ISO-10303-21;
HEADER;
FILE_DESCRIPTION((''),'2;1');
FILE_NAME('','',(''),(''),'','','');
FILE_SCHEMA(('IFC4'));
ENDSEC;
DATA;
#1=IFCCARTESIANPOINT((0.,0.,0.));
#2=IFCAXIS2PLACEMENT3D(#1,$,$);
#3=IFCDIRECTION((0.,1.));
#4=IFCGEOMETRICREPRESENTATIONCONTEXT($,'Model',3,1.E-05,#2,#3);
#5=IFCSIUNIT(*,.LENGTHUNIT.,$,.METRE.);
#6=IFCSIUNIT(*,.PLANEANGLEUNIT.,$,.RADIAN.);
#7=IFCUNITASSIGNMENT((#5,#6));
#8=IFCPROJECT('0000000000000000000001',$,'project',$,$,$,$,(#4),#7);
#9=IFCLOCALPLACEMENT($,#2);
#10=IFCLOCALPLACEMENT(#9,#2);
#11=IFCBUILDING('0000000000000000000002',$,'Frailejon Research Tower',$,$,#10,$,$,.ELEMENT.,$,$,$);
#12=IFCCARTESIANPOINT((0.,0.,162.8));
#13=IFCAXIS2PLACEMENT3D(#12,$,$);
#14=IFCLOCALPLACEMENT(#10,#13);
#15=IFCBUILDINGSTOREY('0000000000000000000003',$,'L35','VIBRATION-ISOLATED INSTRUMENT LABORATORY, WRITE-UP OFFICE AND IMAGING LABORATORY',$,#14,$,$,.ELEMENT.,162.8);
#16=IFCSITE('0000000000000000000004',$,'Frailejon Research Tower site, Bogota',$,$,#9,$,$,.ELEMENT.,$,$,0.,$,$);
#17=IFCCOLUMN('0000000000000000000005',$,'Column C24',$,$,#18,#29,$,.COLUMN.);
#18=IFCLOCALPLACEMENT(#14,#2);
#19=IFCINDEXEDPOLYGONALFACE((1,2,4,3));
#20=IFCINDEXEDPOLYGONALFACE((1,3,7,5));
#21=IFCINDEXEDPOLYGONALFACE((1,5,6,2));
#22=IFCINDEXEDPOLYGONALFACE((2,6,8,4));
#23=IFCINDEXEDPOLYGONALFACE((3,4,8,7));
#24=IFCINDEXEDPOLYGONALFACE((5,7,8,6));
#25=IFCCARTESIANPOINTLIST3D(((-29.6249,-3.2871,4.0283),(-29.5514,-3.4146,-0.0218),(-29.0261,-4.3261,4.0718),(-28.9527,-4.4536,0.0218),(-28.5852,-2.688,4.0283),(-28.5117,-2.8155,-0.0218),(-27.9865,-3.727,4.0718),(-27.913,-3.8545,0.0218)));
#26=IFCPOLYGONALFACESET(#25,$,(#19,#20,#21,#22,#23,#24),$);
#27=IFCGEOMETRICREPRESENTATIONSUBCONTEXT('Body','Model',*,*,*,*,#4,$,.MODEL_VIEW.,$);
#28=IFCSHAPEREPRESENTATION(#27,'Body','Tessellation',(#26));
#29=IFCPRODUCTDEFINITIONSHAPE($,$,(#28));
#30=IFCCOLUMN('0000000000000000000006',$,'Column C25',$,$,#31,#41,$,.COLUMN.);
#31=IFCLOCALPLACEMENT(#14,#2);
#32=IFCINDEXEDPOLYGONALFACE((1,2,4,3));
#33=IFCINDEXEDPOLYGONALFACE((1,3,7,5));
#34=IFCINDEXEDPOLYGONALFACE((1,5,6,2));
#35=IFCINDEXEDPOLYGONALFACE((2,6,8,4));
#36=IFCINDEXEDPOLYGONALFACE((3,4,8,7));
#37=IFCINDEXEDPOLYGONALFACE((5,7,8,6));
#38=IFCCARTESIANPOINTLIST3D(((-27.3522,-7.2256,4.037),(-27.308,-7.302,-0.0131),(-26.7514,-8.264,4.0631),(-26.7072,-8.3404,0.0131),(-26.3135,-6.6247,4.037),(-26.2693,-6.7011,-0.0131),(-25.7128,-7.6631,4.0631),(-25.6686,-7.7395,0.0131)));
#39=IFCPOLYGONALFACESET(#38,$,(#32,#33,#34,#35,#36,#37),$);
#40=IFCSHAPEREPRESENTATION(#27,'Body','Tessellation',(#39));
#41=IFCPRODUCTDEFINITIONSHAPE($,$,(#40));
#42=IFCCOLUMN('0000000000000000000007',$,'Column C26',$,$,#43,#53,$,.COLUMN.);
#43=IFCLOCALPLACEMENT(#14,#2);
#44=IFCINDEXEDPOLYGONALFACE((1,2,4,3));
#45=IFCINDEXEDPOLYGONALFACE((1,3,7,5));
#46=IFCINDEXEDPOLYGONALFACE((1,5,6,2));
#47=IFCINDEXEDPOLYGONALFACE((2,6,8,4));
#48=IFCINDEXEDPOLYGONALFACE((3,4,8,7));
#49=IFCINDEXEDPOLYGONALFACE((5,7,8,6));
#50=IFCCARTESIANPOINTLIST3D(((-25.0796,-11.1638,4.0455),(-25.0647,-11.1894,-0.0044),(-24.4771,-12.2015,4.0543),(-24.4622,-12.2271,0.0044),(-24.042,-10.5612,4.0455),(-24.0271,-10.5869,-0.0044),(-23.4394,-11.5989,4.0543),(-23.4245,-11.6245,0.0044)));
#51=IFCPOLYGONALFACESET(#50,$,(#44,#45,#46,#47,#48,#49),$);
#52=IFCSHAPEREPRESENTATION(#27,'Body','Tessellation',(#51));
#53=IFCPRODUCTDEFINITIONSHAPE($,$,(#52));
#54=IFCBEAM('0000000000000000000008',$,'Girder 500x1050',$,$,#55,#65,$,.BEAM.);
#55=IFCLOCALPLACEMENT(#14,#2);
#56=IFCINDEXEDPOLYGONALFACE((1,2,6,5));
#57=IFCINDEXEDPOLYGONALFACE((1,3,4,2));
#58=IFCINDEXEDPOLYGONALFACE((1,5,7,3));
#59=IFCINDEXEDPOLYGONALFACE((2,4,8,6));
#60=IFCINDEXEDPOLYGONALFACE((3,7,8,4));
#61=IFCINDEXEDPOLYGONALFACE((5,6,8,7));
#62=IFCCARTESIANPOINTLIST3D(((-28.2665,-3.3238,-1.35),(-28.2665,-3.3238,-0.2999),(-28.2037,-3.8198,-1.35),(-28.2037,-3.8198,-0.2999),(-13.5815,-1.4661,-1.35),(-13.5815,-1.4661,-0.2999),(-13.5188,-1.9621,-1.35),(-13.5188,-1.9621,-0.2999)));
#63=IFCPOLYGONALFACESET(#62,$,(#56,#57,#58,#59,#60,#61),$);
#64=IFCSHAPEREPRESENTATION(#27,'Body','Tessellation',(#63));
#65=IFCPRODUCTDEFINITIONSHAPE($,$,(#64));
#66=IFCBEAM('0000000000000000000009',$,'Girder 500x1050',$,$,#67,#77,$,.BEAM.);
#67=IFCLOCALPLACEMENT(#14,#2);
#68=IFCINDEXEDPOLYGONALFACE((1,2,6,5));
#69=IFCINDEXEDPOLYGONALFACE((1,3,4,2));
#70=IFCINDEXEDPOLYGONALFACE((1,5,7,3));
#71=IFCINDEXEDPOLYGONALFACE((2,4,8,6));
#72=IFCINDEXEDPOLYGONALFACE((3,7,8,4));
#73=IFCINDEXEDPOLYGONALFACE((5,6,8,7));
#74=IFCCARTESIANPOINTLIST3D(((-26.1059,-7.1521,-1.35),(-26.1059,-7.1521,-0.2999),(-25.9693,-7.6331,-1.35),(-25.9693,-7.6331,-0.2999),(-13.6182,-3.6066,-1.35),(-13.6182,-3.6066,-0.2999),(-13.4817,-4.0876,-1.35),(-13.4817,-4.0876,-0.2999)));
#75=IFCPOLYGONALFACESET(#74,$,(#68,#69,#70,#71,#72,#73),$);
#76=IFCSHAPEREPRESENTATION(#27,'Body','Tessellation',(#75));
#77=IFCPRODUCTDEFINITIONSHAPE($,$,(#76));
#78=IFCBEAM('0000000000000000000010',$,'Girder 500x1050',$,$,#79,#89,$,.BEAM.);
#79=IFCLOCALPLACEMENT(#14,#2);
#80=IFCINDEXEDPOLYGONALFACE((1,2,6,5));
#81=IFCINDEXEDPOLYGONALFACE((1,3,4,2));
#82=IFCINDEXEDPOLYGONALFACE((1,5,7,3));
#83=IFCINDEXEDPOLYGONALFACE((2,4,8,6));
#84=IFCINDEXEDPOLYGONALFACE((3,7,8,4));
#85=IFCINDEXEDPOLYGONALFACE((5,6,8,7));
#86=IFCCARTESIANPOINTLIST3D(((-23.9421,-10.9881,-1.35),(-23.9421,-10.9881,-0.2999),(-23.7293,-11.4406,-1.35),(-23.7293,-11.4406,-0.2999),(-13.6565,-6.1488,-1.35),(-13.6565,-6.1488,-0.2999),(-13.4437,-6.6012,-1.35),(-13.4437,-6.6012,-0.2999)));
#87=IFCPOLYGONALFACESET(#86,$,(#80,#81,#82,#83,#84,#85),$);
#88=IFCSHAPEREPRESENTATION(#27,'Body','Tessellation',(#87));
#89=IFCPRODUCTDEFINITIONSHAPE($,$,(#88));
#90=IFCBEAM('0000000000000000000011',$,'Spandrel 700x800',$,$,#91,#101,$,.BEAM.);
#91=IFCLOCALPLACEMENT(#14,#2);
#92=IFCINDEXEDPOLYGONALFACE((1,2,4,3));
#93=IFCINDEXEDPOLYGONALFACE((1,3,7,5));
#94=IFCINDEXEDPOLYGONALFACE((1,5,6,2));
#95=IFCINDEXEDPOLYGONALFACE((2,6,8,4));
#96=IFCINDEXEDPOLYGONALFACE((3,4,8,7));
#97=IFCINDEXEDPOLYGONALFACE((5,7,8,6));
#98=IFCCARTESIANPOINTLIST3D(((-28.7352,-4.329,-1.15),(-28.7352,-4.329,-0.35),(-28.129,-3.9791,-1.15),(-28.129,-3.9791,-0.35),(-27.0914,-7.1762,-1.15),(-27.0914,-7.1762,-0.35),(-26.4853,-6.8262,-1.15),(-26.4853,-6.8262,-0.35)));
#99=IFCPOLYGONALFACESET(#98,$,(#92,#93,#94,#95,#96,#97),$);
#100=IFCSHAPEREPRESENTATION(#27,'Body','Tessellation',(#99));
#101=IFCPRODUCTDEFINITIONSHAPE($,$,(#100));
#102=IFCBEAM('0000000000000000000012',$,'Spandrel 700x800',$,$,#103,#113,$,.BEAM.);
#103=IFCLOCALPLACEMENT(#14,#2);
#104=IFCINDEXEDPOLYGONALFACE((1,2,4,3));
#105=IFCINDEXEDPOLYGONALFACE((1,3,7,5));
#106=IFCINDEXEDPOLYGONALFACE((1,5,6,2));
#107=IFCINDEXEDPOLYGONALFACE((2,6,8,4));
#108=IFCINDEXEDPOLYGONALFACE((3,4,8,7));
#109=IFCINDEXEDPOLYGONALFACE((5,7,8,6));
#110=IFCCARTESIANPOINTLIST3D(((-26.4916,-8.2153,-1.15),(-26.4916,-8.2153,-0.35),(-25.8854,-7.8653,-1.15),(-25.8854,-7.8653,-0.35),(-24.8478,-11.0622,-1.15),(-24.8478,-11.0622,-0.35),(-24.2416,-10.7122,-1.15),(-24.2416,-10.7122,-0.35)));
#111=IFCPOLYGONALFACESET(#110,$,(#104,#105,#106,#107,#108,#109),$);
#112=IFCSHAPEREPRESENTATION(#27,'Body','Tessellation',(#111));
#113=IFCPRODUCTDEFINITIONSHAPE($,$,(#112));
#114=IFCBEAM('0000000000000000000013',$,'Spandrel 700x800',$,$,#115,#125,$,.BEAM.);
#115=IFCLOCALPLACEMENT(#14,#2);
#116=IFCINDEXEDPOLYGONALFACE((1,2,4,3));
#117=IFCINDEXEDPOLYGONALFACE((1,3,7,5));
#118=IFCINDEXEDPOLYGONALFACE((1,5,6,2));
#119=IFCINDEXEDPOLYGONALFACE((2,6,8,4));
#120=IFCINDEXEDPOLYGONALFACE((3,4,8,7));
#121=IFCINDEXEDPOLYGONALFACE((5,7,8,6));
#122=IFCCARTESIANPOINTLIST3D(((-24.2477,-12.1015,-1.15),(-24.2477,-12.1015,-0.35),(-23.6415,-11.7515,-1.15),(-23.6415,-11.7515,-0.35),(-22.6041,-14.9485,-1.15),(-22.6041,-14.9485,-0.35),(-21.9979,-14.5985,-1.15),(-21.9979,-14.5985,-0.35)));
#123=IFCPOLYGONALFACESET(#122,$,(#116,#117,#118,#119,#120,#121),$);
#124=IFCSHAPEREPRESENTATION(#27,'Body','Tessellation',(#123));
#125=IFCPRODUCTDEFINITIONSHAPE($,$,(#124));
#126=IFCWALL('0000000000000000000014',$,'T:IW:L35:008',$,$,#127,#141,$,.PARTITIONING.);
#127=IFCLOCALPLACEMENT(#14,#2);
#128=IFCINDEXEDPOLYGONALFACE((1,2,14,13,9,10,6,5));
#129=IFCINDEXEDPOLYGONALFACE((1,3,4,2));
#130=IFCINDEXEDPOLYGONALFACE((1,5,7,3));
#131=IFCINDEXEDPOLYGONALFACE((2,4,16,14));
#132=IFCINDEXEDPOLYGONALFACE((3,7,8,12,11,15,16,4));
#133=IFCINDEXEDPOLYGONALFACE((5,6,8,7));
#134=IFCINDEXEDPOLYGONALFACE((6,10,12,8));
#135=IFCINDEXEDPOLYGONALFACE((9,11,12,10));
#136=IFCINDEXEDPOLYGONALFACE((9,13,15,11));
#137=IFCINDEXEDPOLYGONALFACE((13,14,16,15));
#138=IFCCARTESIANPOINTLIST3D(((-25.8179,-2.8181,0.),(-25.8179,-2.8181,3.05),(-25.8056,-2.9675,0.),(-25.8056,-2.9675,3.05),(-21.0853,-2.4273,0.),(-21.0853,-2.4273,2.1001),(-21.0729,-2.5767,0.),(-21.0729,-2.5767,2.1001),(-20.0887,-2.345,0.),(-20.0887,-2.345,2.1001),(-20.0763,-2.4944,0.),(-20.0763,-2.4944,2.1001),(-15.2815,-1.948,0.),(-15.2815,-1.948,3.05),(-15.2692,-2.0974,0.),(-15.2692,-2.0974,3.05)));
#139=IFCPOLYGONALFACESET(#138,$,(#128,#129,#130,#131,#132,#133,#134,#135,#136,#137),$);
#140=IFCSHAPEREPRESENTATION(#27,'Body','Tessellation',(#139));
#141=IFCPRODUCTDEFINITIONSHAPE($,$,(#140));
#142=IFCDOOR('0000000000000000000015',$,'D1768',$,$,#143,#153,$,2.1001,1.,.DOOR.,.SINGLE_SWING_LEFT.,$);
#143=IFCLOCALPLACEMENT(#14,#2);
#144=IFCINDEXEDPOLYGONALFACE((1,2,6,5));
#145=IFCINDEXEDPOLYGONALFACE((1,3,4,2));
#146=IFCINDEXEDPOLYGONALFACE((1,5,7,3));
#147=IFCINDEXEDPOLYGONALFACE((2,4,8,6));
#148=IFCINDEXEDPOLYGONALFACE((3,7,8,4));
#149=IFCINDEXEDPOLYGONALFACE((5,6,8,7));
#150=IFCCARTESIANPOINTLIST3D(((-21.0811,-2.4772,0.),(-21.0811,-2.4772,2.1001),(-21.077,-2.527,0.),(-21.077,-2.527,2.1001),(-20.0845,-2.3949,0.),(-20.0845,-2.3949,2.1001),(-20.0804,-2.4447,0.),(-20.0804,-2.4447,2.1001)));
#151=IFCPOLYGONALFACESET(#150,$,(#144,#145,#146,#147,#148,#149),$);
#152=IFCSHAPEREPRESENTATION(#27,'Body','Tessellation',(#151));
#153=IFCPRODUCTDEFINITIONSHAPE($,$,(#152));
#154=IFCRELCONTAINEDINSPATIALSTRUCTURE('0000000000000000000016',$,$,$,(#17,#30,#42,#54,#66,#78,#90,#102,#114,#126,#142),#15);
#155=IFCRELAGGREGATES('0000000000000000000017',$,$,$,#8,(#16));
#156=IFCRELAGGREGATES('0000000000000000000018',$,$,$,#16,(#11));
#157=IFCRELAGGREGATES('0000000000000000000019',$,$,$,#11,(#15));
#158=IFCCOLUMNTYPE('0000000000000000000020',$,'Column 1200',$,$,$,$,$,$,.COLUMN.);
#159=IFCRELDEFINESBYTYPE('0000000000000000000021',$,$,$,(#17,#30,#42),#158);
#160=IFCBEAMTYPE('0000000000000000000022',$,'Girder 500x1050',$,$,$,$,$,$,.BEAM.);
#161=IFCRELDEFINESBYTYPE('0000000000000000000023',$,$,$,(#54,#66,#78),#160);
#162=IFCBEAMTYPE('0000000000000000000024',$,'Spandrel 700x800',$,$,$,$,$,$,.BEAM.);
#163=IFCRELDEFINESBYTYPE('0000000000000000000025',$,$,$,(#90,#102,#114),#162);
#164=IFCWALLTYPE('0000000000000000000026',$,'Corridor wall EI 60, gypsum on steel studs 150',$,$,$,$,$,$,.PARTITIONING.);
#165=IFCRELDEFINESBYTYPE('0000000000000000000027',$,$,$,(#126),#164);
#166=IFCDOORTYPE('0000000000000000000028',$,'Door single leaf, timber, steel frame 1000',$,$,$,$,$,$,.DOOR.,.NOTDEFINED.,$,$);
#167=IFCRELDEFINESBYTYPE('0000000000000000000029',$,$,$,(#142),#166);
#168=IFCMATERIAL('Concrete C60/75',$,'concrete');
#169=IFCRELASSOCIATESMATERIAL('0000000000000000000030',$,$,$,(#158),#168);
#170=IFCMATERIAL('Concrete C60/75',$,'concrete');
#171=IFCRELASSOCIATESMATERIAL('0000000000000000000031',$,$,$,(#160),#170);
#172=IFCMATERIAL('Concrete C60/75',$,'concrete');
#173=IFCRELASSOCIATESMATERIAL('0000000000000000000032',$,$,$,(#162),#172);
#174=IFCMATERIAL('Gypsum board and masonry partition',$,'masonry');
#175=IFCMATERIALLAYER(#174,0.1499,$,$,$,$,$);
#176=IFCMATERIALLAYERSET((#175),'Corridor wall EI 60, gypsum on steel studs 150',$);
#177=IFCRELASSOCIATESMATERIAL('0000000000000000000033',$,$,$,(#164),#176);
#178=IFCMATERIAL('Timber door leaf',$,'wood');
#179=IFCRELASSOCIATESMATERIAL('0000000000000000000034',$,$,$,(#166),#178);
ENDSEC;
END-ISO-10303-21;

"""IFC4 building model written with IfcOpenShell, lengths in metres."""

from ifc_helpers import new_model, si_unit, direction, frame, frame_2d, origin, origin_2d, place, context, subcontext, project, spatial, rectangle, extrude, material, layer, layer_set, material_profile, profile_set, type_object, element, fill, save


model = new_model("IFC4")

# Units and contexts
model_context = context("Model", 3, precision=1e-05, world=origin(), true_north=direction((0.0, 1.0)))
body_context = subcontext(model_context, "Body", "Model", "MODEL_VIEW")
ifc_project = project(units=[si_unit("LENGTHUNIT", "METRE"), si_unit("PLANEANGLEUNIT", "RADIAN")], contexts=[model_context])

# Site, building, storey
site_placement = place(None, origin())
site = spatial("IfcSite", under=ifc_project, at=site_placement, Name="Frailejon Research Tower site, Bogota", CompositionType="ELEMENT", RefElevation=0.0)
building_placement = place(site_placement, origin())
building = spatial("IfcBuilding", under=site, at=building_placement, Name="Frailejon Research Tower", CompositionType="ELEMENT")
storey_placement = place(building_placement, frame((0.0, 0.0, 162.8)))
storey = spatial("IfcBuildingStorey", under=building, at=storey_placement, Name="L35", Description="VIBRATION-ISOLATED INSTRUMENT LABORATORY, WRITE-UP OFFICE AND IMAGING LABORATORY", CompositionType="ELEMENT", Elevation=162.8)

# Columns
ifc_material_1 = material(Name="Concrete C60/75", Category="concrete")
ifc_material_profile_1 = material_profile(ifc_material_1, rectangle(XDim=1.2, YDim=1.2, at=origin_2d()), Name="Column 1200")
ifc_profile_set_1 = profile_set([ifc_material_profile_1], Name="Concrete C60/75")
column_type = type_object("IfcColumnType", Name="Column 1200", PredefinedType="COLUMN", material=ifc_profile_set_1)
column_1_placement = place(storey_placement, frame((-28.7322, -3.6345, 0.0), z_axis=(-0.018133, 0.031446, 0.999341), x_axis=(0.498955, -0.865867, 0.036299)))
element("IfcColumn", 1, at=column_1_placement, inside=storey, type_object=column_type, Name="Column C24", PredefinedType="COLUMN", context=body_context, shape_type="SweptSolid", body=[
    extrude(rectangle(XDim=1.2, YDim=1.2, at=origin_2d()), origin(), (0.0, 0.0, 1.0), 4.0527),
])
column_2_placement = place(storey_placement, frame((-26.4883, -7.5208, 0.0), z_axis=(-0.010908, 0.018863, 0.999763), x_axis=(0.500638, -0.865382, 0.02179)))
element("IfcColumn", 2, at=column_2_placement, inside=storey, type_object=column_type, Name="Column C25", PredefinedType="COLUMN", context=body_context, shape_type="SweptSolid", body=[
    extrude(rectangle(XDim=1.2, YDim=1.2, at=origin_2d()), origin(), (0.0, 0.0, 1.0), 4.051),
])
column_3_placement = place(storey_placement, frame((-24.2446, -11.407, 0.0), z_axis=(-0.003677, 0.006329, 0.999973), x_axis=(0.502147, -0.864751, 0.00732)))
element("IfcColumn", 3, at=column_3_placement, inside=storey, type_object=column_type, Name="Column C26", PredefinedType="COLUMN", context=body_context, shape_type="SweptSolid", body=[
    extrude(rectangle(XDim=1.2, YDim=1.2, at=origin_2d()), origin(), (0.0, 0.0, 1.0), 4.05),
])

# Beams
ifc_material_2 = material(Name="Concrete C60/75", Category="concrete")
ifc_material_profile_2 = material_profile(ifc_material_2, rectangle(XDim=0.5, YDim=1.05, at=origin_2d()), Name="Girder 500x1050")
ifc_profile_set_2 = profile_set([ifc_material_profile_2], Name="Concrete C60/75")
beam_type_1 = type_object("IfcBeamType", Name="Girder 500x1050", PredefinedType="BEAM", material=ifc_profile_set_2)
beam_1_placement = place(storey_placement, frame((-28.2351, -3.5718, -0.825), z_axis=(0.992094, 0.1255, 0.0), x_axis=(-0.1255, 0.992094, 0.0)))
element("IfcBeam", 4, at=beam_1_placement, inside=storey, type_object=beam_type_1, Name="Girder 500x1050", PredefinedType="BEAM", context=body_context, shape_type="SweptSolid", body=[
    extrude(rectangle(XDim=0.5, YDim=1.05, at=origin_2d()), origin(), (0.0, 0.0, 1.0), 14.802),
])
beam_2_placement = place(storey_placement, frame((-26.0376, -7.3926, -0.825), z_axis=(0.96198, 0.273121, 0.0), x_axis=(-0.273121, 0.96198, 0.0)))
element("IfcBeam", 5, at=beam_2_placement, inside=storey, type_object=beam_type_1, Name="Girder 500x1050", PredefinedType="BEAM", context=body_context, shape_type="SweptSolid", body=[
    extrude(rectangle(XDim=0.5, YDim=1.05, at=origin_2d()), origin(), (0.0, 0.0, 1.0), 12.9812),
])
beam_3_placement = place(storey_placement, frame((-23.8357, -11.2144, -0.825), z_axis=(0.904851, 0.425729, 0.0), x_axis=(-0.425729, 0.904851, 0.0)))
element("IfcBeam", 6, at=beam_3_placement, inside=storey, type_object=beam_type_1, Name="Girder 500x1050", PredefinedType="BEAM", context=body_context, shape_type="SweptSolid", body=[
    extrude(rectangle(XDim=0.5, YDim=1.05, at=origin_2d()), origin(), (0.0, 0.0, 1.0), 11.3672),
])
ifc_material_3 = material(Name="Concrete C60/75", Category="concrete")
ifc_material_profile_3 = material_profile(ifc_material_3, rectangle(XDim=0.7, YDim=0.8, at=origin_2d()), Name="Spandrel 700x800")
ifc_profile_set_3 = profile_set([ifc_material_profile_3], Name="Concrete C60/75")
beam_type_2 = type_object("IfcBeamType", Name="Spandrel 700x800", PredefinedType="BEAM", material=ifc_profile_set_3)
beam_4_placement = place(storey_placement, frame((-28.4321, -4.1541, -0.75), z_axis=(0.499997, -0.866027, 0.0), x_axis=(0.866027, 0.499997, 0.0)))
element("IfcBeam", 7, at=beam_4_placement, inside=storey, type_object=beam_type_2, Name="Spandrel 700x800", PredefinedType="BEAM", context=body_context, shape_type="SweptSolid", body=[
    extrude(rectangle(XDim=0.7, YDim=0.8, at=origin_2d()), origin(), (0.0, 0.0, 1.0), 3.2876),
])
for number, where, z_axis, x_axis, name in (
    (8, (-26.1885, -8.0403, -0.75), (0.500029, -0.866009, 0.0), (0.866009, 0.500029, 0.0), "Spandrel 700x800"),
    (9, (-23.9446, -11.9265, -0.75), (0.499973, -0.866041, 0.0), (0.866041, 0.499973, 0.0), "Spandrel 700x800"),
):
    element("IfcBeam", number, at=place(storey_placement, frame(where, z_axis=z_axis, x_axis=x_axis)), inside=storey, type_object=beam_type_2, Name=name, PredefinedType="BEAM", context=body_context, shape_type="SweptSolid", body=[
        extrude(rectangle(XDim=0.7, YDim=0.8, at=origin_2d()), origin(), (0.0, 0.0, 1.0), 3.2874),
    ])

# Wall, opening, door
ifc_material_4 = material(Name="Gypsum board and masonry partition", Category="masonry")
ifc_layer_1 = layer(ifc_material_4, 0.1499)
ifc_layer_set_1 = layer_set([ifc_layer_1], Name="Corridor wall EI 60, gypsum on steel studs 150")
wall_type_1 = type_object("IfcWallType", Name="Corridor wall EI 60, gypsum on steel studs 150", PredefinedType="PARTITIONING", material=ifc_layer_set_1)
wall_1_placement = place(storey_placement, frame((-25.8118, -2.8928, 0.0), z_axis=(0.0, 0.0, 1.0), x_axis=(0.996607, 0.082302, 0.0)))
wall_1 = element("IfcWall", 10, at=wall_1_placement, inside=storey, type_object=wall_type_1, Name="T:IW:L35:008", PredefinedType="PARTITIONING", context=body_context, shape_type="SweptSolid", body=[
    extrude(rectangle(XDim=10.5723, YDim=0.1499, at=frame_2d((5.2861, 0.0))), origin(), (0.0, 0.0, 1.0), 3.05),
])
opening_1_placement = place(wall_1_placement, frame((4.7488, 0.0, 0.0)))
opening_1 = element("IfcOpeningElement", 11, at=opening_1_placement, cuts=wall_1, PredefinedType="OPENING", context=body_context, shape_type="SweptSolid", body=[
    extrude(rectangle(XDim=1.0, YDim=2.1001, at=frame_2d((0.5, 1.05))), frame((0.0, 0.085, 0.0), z_axis=(0.0, -1.0, 0.0), x_axis=(1.0, 0.0, 0.0)), (0.0, 0.0, 1.0), 0.1699),
])
ifc_material_5 = material(Name="Timber door leaf", Category="wood")
door_type_1 = type_object("IfcDoorType", Name="Door single leaf, timber, steel frame 1000", OperationType="NOTDEFINED", PredefinedType="DOOR", material=ifc_material_5)
door_1_placement = place(opening_1_placement, origin())
door_1 = element("IfcDoor", 12, at=door_1_placement, inside=storey, type_object=door_type_1, Name="D1768", OperationType="SINGLE_SWING_LEFT", OverallHeight=2.1001, OverallWidth=1.0, PredefinedType="DOOR", context=body_context, shape_type="SweptSolid", body=[
    extrude(rectangle(XDim=1.0, YDim=2.1001, at=frame_2d((0.5, 1.05))), frame((0.0, 0.0249, 0.0), z_axis=(0.0, -1.0, 0.0), x_axis=(1.0, 0.0, 0.0)), (0.0, 0.0, 1.0), 0.05),
])
fill(opening_1, door_1)

save(model, "model.ifc")
